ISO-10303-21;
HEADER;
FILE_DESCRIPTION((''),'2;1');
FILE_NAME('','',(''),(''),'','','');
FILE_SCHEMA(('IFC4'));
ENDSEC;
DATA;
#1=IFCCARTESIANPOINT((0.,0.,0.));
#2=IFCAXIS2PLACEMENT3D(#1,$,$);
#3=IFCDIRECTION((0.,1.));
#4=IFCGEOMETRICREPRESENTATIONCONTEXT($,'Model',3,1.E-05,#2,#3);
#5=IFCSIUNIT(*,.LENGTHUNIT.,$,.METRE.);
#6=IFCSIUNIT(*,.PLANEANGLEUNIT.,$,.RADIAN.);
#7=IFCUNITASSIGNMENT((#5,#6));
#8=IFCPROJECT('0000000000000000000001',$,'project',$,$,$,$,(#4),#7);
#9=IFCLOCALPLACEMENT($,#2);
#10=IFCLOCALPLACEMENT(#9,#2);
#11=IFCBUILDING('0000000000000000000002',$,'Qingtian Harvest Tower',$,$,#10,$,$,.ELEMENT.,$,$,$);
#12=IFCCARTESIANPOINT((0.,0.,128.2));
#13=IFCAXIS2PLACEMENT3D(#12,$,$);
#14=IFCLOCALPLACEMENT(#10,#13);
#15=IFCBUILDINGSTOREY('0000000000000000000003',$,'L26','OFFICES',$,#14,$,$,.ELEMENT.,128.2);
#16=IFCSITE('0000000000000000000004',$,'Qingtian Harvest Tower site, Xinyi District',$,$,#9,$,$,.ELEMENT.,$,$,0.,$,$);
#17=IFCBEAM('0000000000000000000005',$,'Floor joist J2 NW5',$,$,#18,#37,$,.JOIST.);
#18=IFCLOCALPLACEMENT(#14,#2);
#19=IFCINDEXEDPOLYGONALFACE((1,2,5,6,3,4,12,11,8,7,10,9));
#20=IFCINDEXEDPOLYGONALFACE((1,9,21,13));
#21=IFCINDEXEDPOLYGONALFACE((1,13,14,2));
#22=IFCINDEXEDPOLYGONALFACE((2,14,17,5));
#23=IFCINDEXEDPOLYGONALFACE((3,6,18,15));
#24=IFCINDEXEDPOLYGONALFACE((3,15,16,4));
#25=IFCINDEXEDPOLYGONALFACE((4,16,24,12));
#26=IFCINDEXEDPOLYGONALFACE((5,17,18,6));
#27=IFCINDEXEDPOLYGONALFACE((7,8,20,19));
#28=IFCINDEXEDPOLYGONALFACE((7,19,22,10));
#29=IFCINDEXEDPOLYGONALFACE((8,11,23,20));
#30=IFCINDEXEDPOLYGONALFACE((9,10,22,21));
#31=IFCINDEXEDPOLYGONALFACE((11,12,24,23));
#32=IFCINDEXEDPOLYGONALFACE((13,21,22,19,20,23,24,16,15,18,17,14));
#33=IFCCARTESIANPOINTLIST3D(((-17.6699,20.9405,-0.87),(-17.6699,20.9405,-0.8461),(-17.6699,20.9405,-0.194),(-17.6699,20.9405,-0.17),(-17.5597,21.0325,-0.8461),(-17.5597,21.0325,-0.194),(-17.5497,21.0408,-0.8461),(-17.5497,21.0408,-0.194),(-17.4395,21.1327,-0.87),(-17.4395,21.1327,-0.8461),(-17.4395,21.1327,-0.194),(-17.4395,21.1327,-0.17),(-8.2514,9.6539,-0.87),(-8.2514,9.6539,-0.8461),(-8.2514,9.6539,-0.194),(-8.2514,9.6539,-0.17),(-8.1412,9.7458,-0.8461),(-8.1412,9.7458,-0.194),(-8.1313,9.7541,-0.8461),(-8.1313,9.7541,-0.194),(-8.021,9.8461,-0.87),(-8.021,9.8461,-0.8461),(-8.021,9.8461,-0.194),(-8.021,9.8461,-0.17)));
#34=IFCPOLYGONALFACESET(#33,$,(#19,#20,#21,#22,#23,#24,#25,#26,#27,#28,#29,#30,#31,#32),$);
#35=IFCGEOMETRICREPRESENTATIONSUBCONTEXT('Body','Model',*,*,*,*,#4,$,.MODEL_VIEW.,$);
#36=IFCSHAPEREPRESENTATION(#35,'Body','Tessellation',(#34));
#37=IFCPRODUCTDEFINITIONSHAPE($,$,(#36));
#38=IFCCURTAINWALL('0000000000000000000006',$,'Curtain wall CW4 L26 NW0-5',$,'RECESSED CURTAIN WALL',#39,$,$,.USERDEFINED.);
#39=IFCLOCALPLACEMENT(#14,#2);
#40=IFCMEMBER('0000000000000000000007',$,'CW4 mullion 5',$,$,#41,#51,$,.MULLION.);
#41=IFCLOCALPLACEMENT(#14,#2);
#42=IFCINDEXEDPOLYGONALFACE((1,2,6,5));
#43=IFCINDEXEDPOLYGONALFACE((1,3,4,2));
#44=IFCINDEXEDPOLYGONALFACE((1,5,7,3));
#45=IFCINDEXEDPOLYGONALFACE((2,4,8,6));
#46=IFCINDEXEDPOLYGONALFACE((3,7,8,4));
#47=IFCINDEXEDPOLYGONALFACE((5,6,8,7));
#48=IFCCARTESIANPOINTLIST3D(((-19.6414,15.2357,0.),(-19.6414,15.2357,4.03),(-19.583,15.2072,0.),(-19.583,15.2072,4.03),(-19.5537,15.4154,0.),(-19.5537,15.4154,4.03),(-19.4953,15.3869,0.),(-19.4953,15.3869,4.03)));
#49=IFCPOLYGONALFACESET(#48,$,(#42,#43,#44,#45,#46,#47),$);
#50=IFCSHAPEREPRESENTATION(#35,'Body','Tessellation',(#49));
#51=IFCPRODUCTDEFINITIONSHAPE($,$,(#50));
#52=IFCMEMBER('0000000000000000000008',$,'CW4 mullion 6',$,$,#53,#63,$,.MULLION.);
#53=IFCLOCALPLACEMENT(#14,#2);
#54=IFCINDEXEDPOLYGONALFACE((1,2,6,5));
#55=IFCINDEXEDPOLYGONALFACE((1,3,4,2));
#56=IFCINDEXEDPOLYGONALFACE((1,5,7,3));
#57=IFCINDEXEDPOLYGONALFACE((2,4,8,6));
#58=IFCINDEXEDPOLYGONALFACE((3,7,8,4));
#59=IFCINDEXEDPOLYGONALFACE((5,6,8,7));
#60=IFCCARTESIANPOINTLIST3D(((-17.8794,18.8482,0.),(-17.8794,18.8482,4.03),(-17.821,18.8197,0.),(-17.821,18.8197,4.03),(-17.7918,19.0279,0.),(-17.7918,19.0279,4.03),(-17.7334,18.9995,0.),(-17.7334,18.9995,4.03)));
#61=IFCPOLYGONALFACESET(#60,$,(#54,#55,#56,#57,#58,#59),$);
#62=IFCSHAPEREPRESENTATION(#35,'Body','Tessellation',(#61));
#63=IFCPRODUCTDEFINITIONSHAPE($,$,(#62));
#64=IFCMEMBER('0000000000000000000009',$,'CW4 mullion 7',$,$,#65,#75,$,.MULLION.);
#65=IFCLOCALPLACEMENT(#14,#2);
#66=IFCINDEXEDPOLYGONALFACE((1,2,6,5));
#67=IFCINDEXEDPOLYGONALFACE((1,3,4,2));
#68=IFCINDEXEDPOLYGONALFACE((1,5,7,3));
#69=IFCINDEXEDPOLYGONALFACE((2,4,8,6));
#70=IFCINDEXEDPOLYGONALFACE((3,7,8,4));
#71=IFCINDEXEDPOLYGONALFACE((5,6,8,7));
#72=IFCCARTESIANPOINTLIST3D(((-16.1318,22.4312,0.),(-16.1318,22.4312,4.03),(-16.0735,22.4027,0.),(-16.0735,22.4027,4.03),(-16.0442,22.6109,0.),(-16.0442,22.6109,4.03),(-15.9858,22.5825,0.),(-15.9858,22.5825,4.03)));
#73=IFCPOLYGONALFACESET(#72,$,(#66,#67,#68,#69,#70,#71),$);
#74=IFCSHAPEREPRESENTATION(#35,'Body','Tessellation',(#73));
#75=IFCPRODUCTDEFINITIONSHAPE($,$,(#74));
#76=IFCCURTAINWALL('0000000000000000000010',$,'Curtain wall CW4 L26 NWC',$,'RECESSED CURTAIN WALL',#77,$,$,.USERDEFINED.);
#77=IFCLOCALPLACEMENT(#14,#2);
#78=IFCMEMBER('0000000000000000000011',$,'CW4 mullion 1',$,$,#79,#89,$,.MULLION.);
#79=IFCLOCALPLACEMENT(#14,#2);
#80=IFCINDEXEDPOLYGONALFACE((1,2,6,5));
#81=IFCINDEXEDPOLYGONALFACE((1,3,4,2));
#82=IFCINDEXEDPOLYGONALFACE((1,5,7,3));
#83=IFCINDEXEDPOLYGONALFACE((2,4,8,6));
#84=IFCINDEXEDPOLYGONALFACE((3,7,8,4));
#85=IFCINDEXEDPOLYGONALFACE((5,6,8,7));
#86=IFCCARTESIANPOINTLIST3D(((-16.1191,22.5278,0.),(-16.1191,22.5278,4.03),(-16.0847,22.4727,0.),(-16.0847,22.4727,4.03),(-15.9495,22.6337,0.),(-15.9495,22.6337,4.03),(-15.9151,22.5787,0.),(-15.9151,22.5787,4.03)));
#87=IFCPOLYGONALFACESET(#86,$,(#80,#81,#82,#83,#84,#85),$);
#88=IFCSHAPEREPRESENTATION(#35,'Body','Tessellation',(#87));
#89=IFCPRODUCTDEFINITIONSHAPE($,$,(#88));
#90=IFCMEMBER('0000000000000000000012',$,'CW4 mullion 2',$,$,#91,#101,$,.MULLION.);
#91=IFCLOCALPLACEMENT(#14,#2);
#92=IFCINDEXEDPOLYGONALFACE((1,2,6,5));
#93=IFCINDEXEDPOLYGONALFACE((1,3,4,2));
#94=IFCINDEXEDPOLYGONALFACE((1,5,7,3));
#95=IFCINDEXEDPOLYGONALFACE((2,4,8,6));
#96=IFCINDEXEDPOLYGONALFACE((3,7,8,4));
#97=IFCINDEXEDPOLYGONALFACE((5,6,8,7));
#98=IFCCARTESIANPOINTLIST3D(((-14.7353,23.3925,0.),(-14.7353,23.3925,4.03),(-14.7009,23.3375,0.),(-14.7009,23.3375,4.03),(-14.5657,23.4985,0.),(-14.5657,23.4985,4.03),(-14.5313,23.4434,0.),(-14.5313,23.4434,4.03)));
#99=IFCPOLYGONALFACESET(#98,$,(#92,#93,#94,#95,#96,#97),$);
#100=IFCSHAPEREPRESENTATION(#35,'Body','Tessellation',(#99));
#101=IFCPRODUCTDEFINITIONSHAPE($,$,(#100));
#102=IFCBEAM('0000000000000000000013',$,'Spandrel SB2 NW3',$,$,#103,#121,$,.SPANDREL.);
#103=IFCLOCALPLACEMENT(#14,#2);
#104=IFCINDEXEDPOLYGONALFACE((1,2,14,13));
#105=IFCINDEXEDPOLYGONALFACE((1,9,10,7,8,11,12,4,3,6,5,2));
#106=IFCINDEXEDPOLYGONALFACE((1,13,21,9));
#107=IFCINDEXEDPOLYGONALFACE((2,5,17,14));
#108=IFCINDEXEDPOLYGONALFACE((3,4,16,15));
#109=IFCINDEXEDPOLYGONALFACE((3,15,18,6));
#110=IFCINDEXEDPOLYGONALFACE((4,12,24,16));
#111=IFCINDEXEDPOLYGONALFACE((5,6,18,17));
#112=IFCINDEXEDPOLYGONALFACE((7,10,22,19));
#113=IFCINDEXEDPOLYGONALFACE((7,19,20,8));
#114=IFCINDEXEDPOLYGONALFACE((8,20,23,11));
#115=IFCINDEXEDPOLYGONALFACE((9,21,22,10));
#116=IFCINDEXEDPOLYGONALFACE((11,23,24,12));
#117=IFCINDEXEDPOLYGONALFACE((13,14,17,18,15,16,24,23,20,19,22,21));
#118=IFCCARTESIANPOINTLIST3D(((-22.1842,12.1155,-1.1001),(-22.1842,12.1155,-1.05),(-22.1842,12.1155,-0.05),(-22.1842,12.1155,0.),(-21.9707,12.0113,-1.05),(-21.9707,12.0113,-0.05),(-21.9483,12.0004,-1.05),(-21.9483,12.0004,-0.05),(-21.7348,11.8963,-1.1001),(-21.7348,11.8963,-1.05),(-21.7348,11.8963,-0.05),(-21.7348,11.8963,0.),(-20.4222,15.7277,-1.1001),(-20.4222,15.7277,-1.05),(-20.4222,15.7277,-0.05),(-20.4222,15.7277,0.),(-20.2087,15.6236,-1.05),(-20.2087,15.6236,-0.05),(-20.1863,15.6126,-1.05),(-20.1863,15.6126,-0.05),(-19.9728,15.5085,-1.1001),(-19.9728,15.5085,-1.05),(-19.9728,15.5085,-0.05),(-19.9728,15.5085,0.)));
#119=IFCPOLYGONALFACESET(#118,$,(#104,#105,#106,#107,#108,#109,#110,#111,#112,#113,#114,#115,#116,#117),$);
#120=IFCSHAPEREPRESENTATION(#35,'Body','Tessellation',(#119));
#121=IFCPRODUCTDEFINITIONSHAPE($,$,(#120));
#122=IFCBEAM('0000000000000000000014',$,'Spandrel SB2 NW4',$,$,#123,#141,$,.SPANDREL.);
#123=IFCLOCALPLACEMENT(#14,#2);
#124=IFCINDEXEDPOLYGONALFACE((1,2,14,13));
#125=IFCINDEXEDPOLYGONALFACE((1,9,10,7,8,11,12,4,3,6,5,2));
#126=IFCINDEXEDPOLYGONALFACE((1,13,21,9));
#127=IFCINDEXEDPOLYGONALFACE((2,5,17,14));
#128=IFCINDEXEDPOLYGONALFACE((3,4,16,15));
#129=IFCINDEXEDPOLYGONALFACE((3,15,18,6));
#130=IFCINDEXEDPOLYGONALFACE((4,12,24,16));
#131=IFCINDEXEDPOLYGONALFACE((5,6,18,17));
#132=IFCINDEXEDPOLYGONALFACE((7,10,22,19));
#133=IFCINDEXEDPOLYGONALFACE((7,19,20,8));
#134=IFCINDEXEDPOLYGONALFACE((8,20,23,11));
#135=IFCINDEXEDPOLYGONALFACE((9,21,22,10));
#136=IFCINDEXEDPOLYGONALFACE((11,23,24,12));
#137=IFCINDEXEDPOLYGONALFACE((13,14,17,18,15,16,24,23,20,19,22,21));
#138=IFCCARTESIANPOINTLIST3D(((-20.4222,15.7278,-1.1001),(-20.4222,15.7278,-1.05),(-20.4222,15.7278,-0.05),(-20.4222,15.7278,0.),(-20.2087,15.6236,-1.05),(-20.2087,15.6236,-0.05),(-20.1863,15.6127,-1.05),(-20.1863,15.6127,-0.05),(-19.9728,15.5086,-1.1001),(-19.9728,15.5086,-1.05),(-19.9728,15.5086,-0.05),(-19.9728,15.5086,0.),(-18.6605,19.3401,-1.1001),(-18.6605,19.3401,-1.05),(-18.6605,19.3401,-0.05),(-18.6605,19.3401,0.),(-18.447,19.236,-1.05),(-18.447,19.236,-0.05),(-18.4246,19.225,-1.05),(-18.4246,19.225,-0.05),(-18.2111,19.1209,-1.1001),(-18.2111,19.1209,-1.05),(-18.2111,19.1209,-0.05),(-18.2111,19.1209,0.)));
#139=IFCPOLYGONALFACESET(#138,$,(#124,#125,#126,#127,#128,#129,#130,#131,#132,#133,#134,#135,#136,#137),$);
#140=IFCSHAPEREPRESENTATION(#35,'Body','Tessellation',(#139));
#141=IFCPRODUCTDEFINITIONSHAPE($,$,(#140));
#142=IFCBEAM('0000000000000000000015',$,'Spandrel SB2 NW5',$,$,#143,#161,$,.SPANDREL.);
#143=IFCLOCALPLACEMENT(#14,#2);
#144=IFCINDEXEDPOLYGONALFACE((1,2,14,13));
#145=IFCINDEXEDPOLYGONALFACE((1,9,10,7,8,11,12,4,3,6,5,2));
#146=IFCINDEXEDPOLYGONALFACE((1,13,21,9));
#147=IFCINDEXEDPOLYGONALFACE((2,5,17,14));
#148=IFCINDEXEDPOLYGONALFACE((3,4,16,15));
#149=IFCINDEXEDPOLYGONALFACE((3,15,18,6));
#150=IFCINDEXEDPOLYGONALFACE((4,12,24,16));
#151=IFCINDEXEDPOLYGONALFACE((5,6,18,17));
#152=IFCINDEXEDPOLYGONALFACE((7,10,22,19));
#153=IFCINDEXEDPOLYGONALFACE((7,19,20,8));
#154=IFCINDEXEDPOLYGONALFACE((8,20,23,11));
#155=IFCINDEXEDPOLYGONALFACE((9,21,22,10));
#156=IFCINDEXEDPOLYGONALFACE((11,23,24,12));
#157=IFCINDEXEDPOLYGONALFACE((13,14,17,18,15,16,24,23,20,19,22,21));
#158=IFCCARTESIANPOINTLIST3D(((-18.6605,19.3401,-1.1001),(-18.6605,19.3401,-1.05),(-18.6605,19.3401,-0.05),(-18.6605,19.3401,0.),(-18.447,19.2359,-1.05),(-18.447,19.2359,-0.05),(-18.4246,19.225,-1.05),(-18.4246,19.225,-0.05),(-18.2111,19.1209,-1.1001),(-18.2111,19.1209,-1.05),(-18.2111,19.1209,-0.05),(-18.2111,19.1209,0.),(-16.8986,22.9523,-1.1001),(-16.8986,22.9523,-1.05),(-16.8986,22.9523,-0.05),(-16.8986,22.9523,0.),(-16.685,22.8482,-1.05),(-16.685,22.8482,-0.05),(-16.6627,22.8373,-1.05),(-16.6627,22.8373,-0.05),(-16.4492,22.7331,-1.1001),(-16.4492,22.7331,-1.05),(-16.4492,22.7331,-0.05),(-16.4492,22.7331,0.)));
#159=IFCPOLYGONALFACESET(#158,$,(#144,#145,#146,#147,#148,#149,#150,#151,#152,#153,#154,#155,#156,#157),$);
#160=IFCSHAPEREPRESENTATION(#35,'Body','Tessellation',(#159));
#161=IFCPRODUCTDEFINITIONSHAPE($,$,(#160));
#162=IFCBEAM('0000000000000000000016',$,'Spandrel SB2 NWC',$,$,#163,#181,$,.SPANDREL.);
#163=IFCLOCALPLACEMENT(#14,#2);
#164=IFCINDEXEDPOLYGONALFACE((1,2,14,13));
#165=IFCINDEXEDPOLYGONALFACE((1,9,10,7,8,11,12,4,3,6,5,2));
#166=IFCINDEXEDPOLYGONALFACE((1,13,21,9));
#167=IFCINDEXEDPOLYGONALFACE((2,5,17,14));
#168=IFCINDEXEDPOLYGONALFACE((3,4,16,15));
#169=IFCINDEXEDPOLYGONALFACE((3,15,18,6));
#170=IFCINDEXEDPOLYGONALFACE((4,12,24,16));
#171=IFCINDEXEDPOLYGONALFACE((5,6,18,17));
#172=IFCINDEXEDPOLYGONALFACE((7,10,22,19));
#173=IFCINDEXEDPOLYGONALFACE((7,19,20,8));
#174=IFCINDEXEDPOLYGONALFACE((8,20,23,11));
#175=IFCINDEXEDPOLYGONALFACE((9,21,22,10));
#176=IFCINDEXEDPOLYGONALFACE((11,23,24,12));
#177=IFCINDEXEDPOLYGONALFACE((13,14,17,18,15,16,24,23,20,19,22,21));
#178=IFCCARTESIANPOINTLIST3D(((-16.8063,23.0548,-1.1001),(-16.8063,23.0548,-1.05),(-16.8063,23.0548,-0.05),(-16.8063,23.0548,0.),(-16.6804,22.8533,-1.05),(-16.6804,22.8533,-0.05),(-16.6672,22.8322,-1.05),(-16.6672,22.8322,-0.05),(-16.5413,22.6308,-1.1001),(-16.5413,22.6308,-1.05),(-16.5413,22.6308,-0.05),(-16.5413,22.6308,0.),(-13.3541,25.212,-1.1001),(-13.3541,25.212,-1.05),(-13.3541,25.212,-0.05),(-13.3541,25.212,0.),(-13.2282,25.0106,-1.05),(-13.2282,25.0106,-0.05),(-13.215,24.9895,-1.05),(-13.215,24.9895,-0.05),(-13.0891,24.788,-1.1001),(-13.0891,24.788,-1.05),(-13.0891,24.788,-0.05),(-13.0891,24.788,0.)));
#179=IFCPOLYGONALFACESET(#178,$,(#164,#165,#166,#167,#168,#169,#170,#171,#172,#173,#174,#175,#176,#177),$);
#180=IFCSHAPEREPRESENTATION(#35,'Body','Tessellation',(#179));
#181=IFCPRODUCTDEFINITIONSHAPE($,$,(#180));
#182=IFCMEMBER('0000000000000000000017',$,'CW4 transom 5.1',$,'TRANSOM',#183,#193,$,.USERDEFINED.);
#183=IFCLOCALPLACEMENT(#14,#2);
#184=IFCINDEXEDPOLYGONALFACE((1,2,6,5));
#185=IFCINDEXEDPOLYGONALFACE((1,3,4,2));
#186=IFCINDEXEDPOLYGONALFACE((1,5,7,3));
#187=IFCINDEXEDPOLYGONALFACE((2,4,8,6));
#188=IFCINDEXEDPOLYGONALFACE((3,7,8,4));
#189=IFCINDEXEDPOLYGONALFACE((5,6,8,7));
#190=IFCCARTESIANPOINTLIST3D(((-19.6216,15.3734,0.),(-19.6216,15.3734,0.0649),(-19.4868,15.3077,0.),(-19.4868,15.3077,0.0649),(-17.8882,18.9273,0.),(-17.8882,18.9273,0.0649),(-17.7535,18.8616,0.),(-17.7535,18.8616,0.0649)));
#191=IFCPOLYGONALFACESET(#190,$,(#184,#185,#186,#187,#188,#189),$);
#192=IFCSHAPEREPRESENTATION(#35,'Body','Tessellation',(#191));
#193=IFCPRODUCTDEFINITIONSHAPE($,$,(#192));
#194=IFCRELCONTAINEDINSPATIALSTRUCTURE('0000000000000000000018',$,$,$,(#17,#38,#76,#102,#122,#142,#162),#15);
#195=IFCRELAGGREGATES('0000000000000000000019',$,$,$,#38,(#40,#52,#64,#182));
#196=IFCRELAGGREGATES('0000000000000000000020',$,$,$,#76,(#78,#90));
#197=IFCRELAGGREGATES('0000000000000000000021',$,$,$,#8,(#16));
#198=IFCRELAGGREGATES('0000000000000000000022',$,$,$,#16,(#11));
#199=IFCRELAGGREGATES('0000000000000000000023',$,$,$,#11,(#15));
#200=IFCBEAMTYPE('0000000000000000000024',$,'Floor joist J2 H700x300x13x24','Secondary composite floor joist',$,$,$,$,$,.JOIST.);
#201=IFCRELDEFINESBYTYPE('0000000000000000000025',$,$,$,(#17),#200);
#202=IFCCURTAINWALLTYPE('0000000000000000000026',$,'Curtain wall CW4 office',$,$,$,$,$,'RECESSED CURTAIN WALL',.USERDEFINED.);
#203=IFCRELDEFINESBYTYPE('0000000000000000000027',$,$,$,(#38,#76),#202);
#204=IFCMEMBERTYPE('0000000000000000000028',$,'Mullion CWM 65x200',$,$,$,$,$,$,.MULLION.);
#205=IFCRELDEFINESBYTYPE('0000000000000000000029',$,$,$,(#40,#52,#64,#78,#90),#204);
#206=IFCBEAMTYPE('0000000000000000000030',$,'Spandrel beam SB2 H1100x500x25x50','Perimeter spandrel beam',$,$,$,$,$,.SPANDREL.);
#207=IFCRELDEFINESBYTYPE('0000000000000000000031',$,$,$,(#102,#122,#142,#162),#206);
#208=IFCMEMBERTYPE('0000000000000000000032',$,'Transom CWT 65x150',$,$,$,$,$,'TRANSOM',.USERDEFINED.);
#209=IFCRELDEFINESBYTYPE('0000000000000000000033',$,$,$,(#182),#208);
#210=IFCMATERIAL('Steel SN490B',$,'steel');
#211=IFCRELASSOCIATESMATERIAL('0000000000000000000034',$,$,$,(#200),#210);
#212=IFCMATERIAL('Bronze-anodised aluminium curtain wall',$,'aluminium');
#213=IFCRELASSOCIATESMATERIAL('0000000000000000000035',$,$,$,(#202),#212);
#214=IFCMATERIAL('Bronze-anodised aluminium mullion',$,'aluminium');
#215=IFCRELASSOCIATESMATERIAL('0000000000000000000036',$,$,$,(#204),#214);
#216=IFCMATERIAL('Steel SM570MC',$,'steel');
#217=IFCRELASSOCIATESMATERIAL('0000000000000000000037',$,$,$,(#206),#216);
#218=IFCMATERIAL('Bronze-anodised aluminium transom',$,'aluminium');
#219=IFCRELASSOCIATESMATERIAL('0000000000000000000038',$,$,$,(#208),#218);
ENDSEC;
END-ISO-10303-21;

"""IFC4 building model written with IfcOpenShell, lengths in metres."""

from ifc_helpers import new_model, si_unit, direction, frame, origin, origin_2d, place, context, subcontext, project, spatial, rectangle, i_section, extrude, material, material_profile, profile_set, type_object, element, aggregate, save


model = new_model("IFC4")

# Units and contexts
model_context = context("Model", 3, precision=1e-05, world=origin(), true_north=direction((0.0, 1.0)))
body_context = subcontext(model_context, "Body", "Model", "MODEL_VIEW")
ifc_project = project(units=[si_unit("LENGTHUNIT", "METRE"), si_unit("PLANEANGLEUNIT", "RADIAN")], contexts=[model_context])

# Site, building, storey
site_placement = place(None, origin())
site = spatial("IfcSite", under=ifc_project, at=site_placement, Name="Qingtian Harvest Tower site, Xinyi District", CompositionType="ELEMENT", RefElevation=0.0)
building_placement = place(site_placement, origin())
building = spatial("IfcBuilding", under=site, at=building_placement, Name="Qingtian Harvest Tower", CompositionType="ELEMENT")
storey_placement = place(building_placement, frame((0.0, 0.0, 128.2)))
storey = spatial("IfcBuildingStorey", under=building, at=storey_placement, Name="L26", Description="OFFICES", CompositionType="ELEMENT", Elevation=128.2)

# Beam
ifc_material_1 = material(Name="Steel SN490B", Category="steel")
ifc_material_profile_1 = material_profile(ifc_material_1, i_section(OverallWidth=0.3, OverallDepth=0.7, WebThickness=0.0129, FlangeThickness=0.0239, at=origin_2d()), Name="H700x300x13x24")
ifc_profile_set_1 = profile_set([ifc_material_profile_1], Name="Steel SN490B")
beam_type_1 = type_object("IfcBeamType", Name="Floor joist J2 H700x300x13x24", Description="Secondary composite floor joist", PredefinedType="JOIST", material=ifc_profile_set_1)
beam_1_placement = place(storey_placement, frame((-17.5547, 21.0366, -0.52), z_axis=(0.640704, -0.767788, 0.0), x_axis=(0.767788, 0.640704, 0.0)))
element("IfcBeam", 1, at=beam_1_placement, inside=storey, type_object=beam_type_1, Name="Floor joist J2 NW5", PredefinedType="JOIST", context=body_context, shape_type="SweptSolid", body=[
    extrude(i_section(OverallWidth=0.3, OverallDepth=0.7, WebThickness=0.0129, FlangeThickness=0.0239, at=origin_2d()), origin(), (0.0, 0.0, 1.0), 14.7002),
])

# Curtain walls, members
ifc_material_2 = material(Name="Bronze-anodised aluminium curtain wall", Category="aluminium")
curtain_wall_type = type_object("IfcCurtainWallType", Name="Curtain wall CW4 office", ElementType="RECESSED CURTAIN WALL", PredefinedType="USERDEFINED", material=ifc_material_2)
curtain_wall_1_placement = place(storey_placement, origin())
curtain_wall_1 = element("IfcCurtainWall", 2, at=curtain_wall_1_placement, inside=storey, type_object=curtain_wall_type, Name="Curtain wall CW4 L26 NW0-5", ObjectType="RECESSED CURTAIN WALL", PredefinedType="USERDEFINED")
ifc_material_3 = material(Name="Bronze-anodised aluminium mullion", Category="aluminium")
ifc_material_profile_2 = material_profile(ifc_material_3, rectangle(XDim=0.0649, YDim=0.2, at=origin_2d()), Name="AL 65x200")
ifc_profile_set_2 = profile_set([ifc_material_profile_2], Name="Bronze-anodised aluminium mullion")
member_type_1 = type_object("IfcMemberType", Name="Mullion CWM 65x200", PredefinedType="MULLION", material=ifc_profile_set_2)
member_1_placement = place(storey_placement, frame((-19.5684, 15.3113, 0.0), z_axis=(0.0, 0.0, 1.0), x_axis=(-0.898794, 0.438371, 0.0)))
member_1 = element("IfcMember", 3, at=member_1_placement, type_object=member_type_1, Name="CW4 mullion 5", PredefinedType="MULLION", context=body_context, shape_type="SweptSolid", body=[
    extrude(rectangle(XDim=0.0649, YDim=0.2, at=origin_2d()), origin(), (0.0, 0.0, 1.0), 4.03),
])
member_2_placement = place(storey_placement, frame((-17.8064, 18.9238, 0.0), z_axis=(0.0, 0.0, 1.0), x_axis=(-0.898794, 0.438371, 0.0)))
member_2 = element("IfcMember", 4, at=member_2_placement, type_object=member_type_1, Name="CW4 mullion 6", PredefinedType="MULLION", context=body_context, shape_type="SweptSolid", body=[
    extrude(rectangle(XDim=0.0649, YDim=0.2, at=origin_2d()), origin(), (0.0, 0.0, 1.0), 4.03),
])
member_3_placement = place(storey_placement, frame((-16.0588, 22.5068, 0.0), z_axis=(0.0, 0.0, 1.0), x_axis=(-0.898794, 0.438371, 0.0)))
member_3 = element("IfcMember", 5, at=member_3_placement, type_object=member_type_1, Name="CW4 mullion 7", PredefinedType="MULLION", context=body_context, shape_type="SweptSolid", body=[
    extrude(rectangle(XDim=0.0649, YDim=0.2, at=origin_2d()), origin(), (0.0, 0.0, 1.0), 4.03),
])
curtain_wall_2_placement = place(storey_placement, origin())
curtain_wall_2 = element("IfcCurtainWall", 6, at=curtain_wall_2_placement, inside=storey, type_object=curtain_wall_type, Name="Curtain wall CW4 L26 NWC", ObjectType="RECESSED CURTAIN WALL", PredefinedType="USERDEFINED")
member_4_placement = place(storey_placement, frame((-16.0171, 22.5532, 0.0), z_axis=(0.0, 0.0, 1.0), x_axis=(-0.529919, 0.848048, 0.0)))
member_4 = element("IfcMember", 7, at=member_4_placement, type_object=member_type_1, Name="CW4 mullion 1", PredefinedType="MULLION", context=body_context, shape_type="SweptSolid", body=[
    extrude(rectangle(XDim=0.0649, YDim=0.2, at=origin_2d()), origin(), (0.0, 0.0, 1.0), 4.03),
])
member_5_placement = place(storey_placement, frame((-14.6333, 23.418, 0.0), z_axis=(0.0, 0.0, 1.0), x_axis=(-0.529919, 0.848048, 0.0)))
member_5 = element("IfcMember", 8, at=member_5_placement, type_object=member_type_1, Name="CW4 mullion 2", PredefinedType="MULLION", context=body_context, shape_type="SweptSolid", body=[
    extrude(rectangle(XDim=0.0649, YDim=0.2, at=origin_2d()), origin(), (0.0, 0.0, 1.0), 4.03),
])

# Beams
ifc_material_4 = material(Name="Steel SM570MC", Category="steel")
ifc_material_profile_3 = material_profile(ifc_material_4, i_section(OverallWidth=0.5, OverallDepth=1.1001, WebThickness=0.0249, FlangeThickness=0.05, at=origin_2d()), Name="H1100x500x25x50")
ifc_profile_set_3 = profile_set([ifc_material_profile_3], Name="Steel SM570MC")
beam_type_2 = type_object("IfcBeamType", Name="Spandrel beam SB2 H1100x500x25x50", Description="Perimeter spandrel beam", PredefinedType="SPANDREL", material=ifc_profile_set_3)
for number, where, z_axis, x_axis, name in (
    (9, (-21.9595, 12.0059, -0.55), (0.438396, 0.898782, 0.0), (-0.898782, 0.438396, 0.0), "Spandrel SB2 NW3"),
    (10, (-20.1975, 15.6182, -0.55), (0.438347, 0.898806, 0.0), (-0.898806, 0.438347, 0.0), "Spandrel SB2 NW4"),
    (11, (-18.4358, 19.2305, -0.55), (0.438396, 0.898782, 0.0), (-0.898782, 0.438396, 0.0), "Spandrel SB2 NW5"),
):
    element("IfcBeam", number, at=place(storey_placement, frame(where, z_axis=z_axis, x_axis=x_axis)), inside=storey, type_object=beam_type_2, Name=name, PredefinedType="SPANDREL", context=body_context, shape_type="SweptSolid", body=[
        extrude(i_section(OverallWidth=0.5, OverallDepth=1.1001, WebThickness=0.0249, FlangeThickness=0.05, at=origin_2d()), origin(), (0.0, 0.0, 1.0), 4.019),
    ])
beam_2_placement = place(storey_placement, frame((-16.6738, 22.8428, -0.55), z_axis=(0.848039, 0.529934, 0.0), x_axis=(-0.529934, 0.848039, 0.0)))
element("IfcBeam", 12, at=beam_2_placement, inside=storey, type_object=beam_type_2, Name="Spandrel SB2 NWC", PredefinedType="SPANDREL", context=body_context, shape_type="SweptSolid", body=[
    extrude(i_section(OverallWidth=0.5, OverallDepth=1.1001, WebThickness=0.0249, FlangeThickness=0.05, at=origin_2d()), origin(), (0.0, 0.0, 1.0), 4.0708),
])

# Member
ifc_material_5 = material(Name="Bronze-anodised aluminium transom", Category="aluminium")
ifc_material_profile_4 = material_profile(ifc_material_5, rectangle(XDim=0.1499, YDim=0.0649, at=origin_2d()), Name="AL 65x150")
ifc_profile_set_4 = profile_set([ifc_material_profile_4], Name="Bronze-anodised aluminium transom")
member_type_2 = type_object("IfcMemberType", Name="Transom CWT 65x150", ElementType="TRANSOM", PredefinedType="USERDEFINED", material=ifc_profile_set_4)
member_6_placement = place(storey_placement, frame((-19.5542, 15.3406, 0.0325), z_axis=(0.438375, 0.898792, 0.0), x_axis=(-0.898792, 0.438375, 0.0)))
member_6 = element("IfcMember", 13, at=member_6_placement, type_object=member_type_2, Name="CW4 transom 5.1", ObjectType="TRANSOM", PredefinedType="USERDEFINED", context=body_context, shape_type="SweptSolid", body=[
    extrude(rectangle(XDim=0.1499, YDim=0.0649, at=origin_2d()), origin(), (0.0, 0.0, 1.0), 3.9541),
])

aggregate(curtain_wall_1, [member_1, member_2, member_3, member_6])
aggregate(curtain_wall_2, [member_4, member_5])

save(model, "model.ifc")
